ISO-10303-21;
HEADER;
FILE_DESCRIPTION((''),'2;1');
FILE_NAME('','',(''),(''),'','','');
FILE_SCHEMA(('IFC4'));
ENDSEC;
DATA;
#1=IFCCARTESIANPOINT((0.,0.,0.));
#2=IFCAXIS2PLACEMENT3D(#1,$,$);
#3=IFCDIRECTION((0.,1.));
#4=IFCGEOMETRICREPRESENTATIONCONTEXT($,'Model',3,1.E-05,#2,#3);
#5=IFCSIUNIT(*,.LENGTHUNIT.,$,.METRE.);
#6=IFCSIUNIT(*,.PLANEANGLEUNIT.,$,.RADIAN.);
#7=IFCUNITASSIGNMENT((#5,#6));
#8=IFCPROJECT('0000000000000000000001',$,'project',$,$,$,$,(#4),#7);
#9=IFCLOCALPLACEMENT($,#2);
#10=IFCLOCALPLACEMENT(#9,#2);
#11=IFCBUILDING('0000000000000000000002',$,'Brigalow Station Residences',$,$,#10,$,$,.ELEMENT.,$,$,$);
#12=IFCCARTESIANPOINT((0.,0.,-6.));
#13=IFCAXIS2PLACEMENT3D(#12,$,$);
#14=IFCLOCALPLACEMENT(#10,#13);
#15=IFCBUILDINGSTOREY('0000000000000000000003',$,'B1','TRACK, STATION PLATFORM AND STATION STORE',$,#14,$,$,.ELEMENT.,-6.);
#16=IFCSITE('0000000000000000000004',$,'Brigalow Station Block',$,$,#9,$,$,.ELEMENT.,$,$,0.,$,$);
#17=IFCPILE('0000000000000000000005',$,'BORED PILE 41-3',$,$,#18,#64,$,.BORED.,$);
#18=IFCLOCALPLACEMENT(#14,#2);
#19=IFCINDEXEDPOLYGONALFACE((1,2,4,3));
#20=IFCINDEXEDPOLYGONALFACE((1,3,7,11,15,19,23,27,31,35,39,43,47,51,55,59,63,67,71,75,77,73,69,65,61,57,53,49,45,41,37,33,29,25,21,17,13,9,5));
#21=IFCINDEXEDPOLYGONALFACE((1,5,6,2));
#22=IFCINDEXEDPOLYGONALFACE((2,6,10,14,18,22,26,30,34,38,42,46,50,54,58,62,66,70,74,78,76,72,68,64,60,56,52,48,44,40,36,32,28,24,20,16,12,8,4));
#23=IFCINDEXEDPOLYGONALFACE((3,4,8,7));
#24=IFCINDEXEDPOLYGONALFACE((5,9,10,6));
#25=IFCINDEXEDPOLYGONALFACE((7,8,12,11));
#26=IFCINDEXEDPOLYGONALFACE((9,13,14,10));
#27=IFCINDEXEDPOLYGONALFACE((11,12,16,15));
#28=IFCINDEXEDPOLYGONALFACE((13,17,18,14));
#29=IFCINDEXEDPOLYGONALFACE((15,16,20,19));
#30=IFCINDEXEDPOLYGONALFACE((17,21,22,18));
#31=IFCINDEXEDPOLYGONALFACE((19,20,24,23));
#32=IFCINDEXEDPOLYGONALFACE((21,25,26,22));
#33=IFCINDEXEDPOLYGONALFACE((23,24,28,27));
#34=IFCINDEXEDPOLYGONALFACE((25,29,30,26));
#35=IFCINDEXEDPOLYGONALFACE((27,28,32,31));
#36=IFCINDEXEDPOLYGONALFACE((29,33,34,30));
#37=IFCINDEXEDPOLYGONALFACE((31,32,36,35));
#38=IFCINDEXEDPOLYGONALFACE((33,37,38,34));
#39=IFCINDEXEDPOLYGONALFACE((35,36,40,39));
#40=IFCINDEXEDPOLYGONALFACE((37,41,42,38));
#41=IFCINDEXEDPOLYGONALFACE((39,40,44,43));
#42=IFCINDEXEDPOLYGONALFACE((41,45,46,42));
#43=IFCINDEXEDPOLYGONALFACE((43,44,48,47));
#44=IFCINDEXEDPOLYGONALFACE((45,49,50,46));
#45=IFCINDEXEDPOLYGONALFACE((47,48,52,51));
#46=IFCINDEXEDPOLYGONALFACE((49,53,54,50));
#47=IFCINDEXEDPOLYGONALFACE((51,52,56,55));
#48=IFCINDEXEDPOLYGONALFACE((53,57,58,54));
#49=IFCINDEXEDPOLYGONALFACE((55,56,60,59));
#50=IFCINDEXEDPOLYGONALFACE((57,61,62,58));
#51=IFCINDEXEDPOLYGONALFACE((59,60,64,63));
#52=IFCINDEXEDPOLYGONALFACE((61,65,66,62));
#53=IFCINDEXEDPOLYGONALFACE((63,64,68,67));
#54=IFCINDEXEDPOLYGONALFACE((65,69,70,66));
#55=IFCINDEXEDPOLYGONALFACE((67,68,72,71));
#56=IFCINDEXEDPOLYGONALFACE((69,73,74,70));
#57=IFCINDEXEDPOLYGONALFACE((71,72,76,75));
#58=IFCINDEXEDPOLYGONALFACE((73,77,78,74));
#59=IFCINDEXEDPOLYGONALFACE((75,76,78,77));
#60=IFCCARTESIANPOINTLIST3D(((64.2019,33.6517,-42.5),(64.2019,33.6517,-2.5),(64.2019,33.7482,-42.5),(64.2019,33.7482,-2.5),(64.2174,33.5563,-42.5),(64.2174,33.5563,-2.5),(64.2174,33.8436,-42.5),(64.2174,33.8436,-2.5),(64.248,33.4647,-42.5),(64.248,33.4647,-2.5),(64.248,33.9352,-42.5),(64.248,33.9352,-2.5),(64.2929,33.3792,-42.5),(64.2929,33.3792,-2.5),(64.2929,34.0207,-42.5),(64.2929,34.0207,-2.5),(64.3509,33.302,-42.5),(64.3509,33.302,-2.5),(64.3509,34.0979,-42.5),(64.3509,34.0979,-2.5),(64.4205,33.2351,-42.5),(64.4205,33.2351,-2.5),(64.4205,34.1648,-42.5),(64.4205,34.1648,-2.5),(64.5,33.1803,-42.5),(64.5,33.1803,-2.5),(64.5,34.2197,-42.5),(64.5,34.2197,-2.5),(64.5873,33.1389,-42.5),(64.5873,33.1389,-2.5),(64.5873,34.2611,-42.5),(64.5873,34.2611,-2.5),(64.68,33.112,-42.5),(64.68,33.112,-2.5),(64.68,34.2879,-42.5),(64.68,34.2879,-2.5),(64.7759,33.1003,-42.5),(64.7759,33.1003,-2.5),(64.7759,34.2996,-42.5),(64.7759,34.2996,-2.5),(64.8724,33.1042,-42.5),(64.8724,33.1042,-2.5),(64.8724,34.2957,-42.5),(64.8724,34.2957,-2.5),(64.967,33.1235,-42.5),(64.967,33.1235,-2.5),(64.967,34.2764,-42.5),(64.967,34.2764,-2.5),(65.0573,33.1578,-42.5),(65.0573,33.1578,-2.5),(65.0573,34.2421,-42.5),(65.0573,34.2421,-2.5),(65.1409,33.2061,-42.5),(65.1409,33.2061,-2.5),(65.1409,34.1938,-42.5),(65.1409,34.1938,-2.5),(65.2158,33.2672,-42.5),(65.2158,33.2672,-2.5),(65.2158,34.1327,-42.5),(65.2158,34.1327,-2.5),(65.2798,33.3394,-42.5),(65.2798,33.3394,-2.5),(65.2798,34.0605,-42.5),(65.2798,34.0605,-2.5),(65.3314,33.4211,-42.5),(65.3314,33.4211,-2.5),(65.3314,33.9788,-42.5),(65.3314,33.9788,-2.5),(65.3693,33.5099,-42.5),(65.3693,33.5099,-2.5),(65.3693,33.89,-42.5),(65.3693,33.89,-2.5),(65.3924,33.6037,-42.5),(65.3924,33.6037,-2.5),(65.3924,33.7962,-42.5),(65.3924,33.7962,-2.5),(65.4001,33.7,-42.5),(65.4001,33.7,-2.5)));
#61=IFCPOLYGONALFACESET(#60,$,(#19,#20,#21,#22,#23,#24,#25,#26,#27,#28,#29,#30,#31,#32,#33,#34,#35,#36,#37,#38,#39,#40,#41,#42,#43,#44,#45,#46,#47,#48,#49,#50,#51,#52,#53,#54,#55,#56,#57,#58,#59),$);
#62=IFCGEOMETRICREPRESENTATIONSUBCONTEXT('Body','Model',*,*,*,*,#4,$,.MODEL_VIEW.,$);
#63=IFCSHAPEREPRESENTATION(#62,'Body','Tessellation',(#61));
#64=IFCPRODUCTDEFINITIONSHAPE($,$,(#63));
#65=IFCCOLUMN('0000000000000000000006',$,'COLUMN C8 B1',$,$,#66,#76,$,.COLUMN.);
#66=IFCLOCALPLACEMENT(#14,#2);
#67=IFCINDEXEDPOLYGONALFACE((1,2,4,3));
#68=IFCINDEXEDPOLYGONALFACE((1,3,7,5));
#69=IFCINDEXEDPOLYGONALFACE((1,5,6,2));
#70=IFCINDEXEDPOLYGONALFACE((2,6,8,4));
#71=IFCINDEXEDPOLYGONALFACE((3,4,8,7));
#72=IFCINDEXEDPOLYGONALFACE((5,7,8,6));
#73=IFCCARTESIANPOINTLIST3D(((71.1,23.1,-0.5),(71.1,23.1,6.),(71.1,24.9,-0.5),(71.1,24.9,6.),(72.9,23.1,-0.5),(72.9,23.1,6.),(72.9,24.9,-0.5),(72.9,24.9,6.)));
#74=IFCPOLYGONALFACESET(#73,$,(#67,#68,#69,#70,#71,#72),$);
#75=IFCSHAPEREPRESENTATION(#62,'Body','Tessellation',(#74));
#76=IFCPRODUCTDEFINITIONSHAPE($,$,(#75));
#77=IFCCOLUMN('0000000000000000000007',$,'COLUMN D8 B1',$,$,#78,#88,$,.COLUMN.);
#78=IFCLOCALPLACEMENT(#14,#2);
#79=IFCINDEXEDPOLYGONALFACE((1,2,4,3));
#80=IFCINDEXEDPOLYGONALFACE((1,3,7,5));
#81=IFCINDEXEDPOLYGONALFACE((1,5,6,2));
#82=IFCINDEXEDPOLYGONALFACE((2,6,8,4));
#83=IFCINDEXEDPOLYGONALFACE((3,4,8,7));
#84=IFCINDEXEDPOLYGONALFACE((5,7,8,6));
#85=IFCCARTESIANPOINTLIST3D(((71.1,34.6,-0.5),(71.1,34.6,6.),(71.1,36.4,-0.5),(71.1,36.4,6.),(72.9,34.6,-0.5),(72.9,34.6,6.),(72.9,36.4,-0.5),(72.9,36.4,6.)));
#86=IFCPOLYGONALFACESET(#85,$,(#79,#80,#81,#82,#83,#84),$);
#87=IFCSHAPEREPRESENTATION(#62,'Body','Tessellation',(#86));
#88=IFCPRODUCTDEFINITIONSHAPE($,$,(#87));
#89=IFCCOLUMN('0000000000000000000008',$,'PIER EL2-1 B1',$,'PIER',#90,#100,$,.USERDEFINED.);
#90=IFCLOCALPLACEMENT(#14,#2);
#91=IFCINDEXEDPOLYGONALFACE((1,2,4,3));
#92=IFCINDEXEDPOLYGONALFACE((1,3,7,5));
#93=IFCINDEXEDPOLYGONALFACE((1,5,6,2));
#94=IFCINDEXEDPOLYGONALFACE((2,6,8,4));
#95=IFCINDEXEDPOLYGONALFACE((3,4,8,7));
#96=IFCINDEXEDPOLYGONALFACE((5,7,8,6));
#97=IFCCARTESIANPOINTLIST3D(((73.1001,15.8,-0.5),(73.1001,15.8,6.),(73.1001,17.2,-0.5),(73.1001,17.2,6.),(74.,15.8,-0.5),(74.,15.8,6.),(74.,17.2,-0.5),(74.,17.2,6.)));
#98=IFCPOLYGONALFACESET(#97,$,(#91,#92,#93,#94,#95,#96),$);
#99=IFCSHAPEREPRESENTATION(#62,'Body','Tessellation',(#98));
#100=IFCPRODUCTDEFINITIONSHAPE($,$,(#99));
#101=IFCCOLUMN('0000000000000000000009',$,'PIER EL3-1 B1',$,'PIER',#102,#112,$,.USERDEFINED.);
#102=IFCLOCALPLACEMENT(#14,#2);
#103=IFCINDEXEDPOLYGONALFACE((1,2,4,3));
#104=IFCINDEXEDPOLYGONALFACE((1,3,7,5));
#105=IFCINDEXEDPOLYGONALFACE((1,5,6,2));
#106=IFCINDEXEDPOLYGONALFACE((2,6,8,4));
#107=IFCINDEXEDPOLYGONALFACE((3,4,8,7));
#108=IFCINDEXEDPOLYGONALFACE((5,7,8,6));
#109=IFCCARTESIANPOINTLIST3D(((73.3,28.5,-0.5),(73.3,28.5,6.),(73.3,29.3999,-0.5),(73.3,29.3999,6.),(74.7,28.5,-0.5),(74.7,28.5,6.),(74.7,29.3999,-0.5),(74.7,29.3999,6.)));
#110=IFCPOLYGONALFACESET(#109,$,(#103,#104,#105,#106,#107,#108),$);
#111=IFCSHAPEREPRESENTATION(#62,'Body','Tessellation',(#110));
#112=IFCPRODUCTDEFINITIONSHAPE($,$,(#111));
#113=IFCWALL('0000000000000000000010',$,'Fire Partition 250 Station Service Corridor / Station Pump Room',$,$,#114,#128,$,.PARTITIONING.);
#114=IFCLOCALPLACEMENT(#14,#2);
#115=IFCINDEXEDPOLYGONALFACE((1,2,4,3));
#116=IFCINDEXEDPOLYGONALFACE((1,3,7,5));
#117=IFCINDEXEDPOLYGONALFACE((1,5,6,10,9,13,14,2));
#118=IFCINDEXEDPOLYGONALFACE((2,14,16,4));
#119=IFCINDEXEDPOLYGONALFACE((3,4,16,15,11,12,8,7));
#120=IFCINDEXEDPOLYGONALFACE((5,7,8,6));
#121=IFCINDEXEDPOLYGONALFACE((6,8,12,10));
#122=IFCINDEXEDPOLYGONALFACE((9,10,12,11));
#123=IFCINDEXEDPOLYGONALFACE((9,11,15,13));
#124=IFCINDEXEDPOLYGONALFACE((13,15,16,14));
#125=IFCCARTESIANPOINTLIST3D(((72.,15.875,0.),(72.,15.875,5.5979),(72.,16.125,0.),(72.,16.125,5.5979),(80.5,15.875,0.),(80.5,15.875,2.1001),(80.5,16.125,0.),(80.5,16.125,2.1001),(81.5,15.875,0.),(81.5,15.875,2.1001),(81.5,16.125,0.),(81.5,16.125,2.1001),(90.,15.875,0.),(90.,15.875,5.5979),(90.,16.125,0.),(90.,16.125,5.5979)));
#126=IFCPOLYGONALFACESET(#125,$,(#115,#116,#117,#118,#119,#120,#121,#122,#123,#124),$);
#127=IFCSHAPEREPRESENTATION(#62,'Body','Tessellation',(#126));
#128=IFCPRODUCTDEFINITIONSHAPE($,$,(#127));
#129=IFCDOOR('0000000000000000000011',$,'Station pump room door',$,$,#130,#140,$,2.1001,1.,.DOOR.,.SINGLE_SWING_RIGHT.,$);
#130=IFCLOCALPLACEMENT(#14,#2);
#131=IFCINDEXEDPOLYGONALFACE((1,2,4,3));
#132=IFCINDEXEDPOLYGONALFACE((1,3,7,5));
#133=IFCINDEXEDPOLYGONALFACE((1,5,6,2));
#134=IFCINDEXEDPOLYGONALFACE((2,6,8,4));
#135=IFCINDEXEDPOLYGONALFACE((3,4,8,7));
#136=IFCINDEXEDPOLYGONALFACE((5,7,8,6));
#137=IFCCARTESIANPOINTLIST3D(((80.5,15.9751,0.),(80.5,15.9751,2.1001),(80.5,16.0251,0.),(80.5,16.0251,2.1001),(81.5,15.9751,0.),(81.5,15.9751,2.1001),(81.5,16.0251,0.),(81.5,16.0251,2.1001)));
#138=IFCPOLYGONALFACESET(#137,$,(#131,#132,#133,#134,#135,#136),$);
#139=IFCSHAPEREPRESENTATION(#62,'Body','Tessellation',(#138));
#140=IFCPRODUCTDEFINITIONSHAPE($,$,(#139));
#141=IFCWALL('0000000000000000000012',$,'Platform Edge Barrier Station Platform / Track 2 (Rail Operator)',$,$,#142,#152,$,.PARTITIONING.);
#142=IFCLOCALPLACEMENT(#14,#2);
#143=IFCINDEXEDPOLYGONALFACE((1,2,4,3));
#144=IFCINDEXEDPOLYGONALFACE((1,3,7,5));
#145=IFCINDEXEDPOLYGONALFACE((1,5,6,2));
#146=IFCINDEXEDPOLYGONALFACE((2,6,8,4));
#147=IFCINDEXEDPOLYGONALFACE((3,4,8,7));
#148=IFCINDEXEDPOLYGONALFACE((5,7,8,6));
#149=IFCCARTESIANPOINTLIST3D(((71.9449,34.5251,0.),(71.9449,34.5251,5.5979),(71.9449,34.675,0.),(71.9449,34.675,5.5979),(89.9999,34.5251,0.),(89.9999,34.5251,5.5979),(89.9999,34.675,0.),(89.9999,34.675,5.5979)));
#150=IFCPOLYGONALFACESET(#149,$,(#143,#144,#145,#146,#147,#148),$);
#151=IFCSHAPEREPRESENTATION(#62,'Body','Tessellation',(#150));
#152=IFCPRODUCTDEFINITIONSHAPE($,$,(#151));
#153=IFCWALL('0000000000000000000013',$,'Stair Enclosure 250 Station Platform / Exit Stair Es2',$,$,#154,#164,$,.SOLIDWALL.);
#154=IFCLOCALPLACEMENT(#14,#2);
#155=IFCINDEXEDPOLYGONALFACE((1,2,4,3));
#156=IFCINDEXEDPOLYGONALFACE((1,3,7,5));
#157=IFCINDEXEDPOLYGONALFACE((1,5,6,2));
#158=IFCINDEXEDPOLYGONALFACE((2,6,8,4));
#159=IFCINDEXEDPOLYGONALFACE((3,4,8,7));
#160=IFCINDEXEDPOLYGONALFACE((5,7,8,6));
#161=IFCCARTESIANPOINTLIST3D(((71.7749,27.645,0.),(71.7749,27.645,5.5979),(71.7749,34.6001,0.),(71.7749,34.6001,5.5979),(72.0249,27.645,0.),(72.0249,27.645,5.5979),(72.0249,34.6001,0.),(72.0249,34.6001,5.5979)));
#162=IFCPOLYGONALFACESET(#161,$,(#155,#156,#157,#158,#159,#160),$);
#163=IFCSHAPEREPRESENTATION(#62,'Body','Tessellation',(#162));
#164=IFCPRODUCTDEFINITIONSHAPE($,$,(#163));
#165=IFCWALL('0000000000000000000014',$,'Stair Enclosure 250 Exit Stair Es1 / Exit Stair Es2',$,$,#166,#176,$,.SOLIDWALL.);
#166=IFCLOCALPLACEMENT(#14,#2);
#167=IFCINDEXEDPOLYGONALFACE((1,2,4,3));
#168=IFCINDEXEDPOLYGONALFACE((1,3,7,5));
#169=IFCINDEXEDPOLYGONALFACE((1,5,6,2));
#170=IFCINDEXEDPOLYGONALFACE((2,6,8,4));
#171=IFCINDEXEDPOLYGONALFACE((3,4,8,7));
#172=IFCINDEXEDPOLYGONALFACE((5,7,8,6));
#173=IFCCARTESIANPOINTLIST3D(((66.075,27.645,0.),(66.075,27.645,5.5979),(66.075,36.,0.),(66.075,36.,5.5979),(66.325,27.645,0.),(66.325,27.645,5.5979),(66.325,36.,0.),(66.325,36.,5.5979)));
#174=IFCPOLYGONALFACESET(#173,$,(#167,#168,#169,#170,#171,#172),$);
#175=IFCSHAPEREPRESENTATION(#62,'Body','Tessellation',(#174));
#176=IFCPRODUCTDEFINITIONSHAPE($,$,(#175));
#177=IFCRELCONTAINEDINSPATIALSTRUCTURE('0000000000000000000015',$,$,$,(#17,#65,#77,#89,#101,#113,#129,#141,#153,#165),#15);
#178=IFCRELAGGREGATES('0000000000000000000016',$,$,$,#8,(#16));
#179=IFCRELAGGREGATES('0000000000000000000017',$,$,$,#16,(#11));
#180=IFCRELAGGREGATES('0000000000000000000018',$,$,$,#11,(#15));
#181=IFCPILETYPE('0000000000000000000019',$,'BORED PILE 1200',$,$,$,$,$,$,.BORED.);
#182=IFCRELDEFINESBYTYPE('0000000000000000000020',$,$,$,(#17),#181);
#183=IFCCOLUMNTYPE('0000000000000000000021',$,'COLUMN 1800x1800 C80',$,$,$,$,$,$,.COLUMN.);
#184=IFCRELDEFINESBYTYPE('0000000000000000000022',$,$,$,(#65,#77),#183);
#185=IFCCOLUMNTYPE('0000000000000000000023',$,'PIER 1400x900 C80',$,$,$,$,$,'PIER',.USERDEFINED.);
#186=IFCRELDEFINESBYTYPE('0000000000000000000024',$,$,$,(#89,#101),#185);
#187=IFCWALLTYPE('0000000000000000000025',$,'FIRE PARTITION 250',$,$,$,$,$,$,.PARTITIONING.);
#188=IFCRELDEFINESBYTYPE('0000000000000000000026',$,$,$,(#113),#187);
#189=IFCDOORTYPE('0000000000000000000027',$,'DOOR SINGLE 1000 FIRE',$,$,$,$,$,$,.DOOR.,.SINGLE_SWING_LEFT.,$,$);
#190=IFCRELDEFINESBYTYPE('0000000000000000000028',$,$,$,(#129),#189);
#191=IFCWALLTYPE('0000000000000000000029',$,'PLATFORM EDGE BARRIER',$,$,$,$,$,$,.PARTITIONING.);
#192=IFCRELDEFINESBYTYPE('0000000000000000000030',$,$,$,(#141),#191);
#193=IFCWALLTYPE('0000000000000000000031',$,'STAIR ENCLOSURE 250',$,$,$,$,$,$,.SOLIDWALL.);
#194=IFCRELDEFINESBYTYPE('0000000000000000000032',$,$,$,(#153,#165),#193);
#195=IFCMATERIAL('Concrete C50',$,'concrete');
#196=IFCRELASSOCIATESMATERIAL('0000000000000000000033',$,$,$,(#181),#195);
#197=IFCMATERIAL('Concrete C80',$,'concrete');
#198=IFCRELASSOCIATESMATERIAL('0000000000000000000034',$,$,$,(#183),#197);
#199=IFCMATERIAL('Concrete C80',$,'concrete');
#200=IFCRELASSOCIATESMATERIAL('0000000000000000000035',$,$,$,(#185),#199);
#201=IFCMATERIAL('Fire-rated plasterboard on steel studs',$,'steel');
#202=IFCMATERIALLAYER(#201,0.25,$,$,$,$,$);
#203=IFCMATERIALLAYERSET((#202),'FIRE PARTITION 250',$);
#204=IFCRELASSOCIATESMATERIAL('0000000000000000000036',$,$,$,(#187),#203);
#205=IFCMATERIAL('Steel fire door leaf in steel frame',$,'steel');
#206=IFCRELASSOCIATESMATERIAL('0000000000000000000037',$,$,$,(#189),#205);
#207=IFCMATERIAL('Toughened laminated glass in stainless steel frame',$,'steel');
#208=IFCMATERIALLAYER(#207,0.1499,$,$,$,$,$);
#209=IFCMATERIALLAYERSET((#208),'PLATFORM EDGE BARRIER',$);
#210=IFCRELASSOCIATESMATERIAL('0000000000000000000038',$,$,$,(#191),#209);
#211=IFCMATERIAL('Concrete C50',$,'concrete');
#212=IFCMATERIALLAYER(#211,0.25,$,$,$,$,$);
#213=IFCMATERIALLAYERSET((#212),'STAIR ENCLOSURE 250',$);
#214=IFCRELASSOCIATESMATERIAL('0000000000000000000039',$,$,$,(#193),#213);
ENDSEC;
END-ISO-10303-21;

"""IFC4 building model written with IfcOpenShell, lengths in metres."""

from ifc_helpers import new_model, si_unit, direction, frame, frame_2d, origin, origin_2d, place, context, subcontext, project, spatial, rectangle, circle, extrude, material, layer, layer_set, material_profile, profile_set, type_object, element, fill, save


model = new_model("IFC4")

# Units and contexts
model_context = context("Model", 3, precision=1e-05, world=origin(), true_north=direction((0.0, 1.0)))
body_context = subcontext(model_context, "Body", "Model", "MODEL_VIEW")
ifc_project = project(units=[si_unit("LENGTHUNIT", "METRE"), si_unit("PLANEANGLEUNIT", "RADIAN")], contexts=[model_context])

# Site, building, storey
site_placement = place(None, origin())
site = spatial("IfcSite", under=ifc_project, at=site_placement, Name="Brigalow Station Block", CompositionType="ELEMENT", RefElevation=0.0)
building_placement = place(site_placement, origin())
building = spatial("IfcBuilding", under=site, at=building_placement, Name="Brigalow Station Residences", CompositionType="ELEMENT")
storey_placement = place(building_placement, frame((0.0, 0.0, -6.0)))
storey = spatial("IfcBuildingStorey", under=building, at=storey_placement, Name="B1", Description="TRACK, STATION PLATFORM AND STATION STORE", CompositionType="ELEMENT", Elevation=-6.0)

# Pile
ifc_material_1 = material(Name="Concrete C50", Category="concrete")
ifc_material_profile_1 = material_profile(ifc_material_1, circle(Radius=0.6001, at=origin_2d()), Name="BP1200")
ifc_profile_set_1 = profile_set([ifc_material_profile_1], Name="Concrete C50")
pile_type = type_object("IfcPileType", Name="BORED PILE 1200", PredefinedType="BORED", material=ifc_profile_set_1)
for number, where, z_axis, x_axis, name in (
    (1, (64.8, 33.7, -2.5), (0.0, 0.0, -1.0), (1.0, 0.0, 0.0), "BORED PILE 41-3"),
):
    element("IfcPile", number, at=place(storey_placement, frame(where, z_axis=z_axis, x_axis=x_axis)), inside=storey, type_object=pile_type, Name=name, PredefinedType="BORED", context=body_context, shape_type="SweptSolid", body=[
        extrude(circle(Radius=0.6001, at=origin_2d()), origin(), (0.0, 0.0, 1.0), 40.0),
    ])

# Columns
ifc_material_2 = material(Name="Concrete C80", Category="concrete")
ifc_material_profile_2 = material_profile(ifc_material_2, rectangle(XDim=1.8, YDim=1.8, at=origin_2d()), Name="RC1800x1800")
ifc_profile_set_2 = profile_set([ifc_material_profile_2], Name="Concrete C80")
column_type_1 = type_object("IfcColumnType", Name="COLUMN 1800x1800 C80", PredefinedType="COLUMN", material=ifc_profile_set_2)
for number, where, z_axis, x_axis, name in (
    (2, (72.0, 24.0, -0.5), (0.0, 0.0, 1.0), (1.0, 0.0, 0.0), "COLUMN C8 B1"),
    (3, (72.0, 35.5, -0.5), (0.0, 0.0, 1.0), (1.0, 0.0, 0.0), "COLUMN D8 B1"),
):
    element("IfcColumn", number, at=place(storey_placement, frame(where, z_axis=z_axis, x_axis=x_axis)), inside=storey, type_object=column_type_1, Name=name, PredefinedType="COLUMN", context=body_context, shape_type="SweptSolid", body=[
        extrude(rectangle(XDim=1.8, YDim=1.8, at=origin_2d()), origin(), (0.0, 0.0, 1.0), 6.5),
    ])
ifc_material_3 = material(Name="Concrete C80", Category="concrete")
ifc_material_profile_3 = material_profile(ifc_material_3, rectangle(XDim=1.3999, YDim=0.8999, at=origin_2d()), Name="RC1400x900")
ifc_profile_set_3 = profile_set([ifc_material_profile_3], Name="Concrete C80")
column_type_2 = type_object("IfcColumnType", Name="PIER 1400x900 C80", ElementType="PIER", PredefinedType="USERDEFINED", material=ifc_profile_set_3)
for number, where, z_axis, x_axis, name in (
    (4, (73.55, 16.5, -0.5), (0.0, 0.0, 1.0), (0.0, 1.0, 0.0), "PIER EL2-1 B1"),
    (5, (74.0, 28.95, -0.5), (0.0, 0.0, 1.0), (1.0, 0.0, 0.0), "PIER EL3-1 B1"),
):
    element("IfcColumn", number, at=place(storey_placement, frame(where, z_axis=z_axis, x_axis=x_axis)), inside=storey, type_object=column_type_2, Name=name, ObjectType="PIER", PredefinedType="USERDEFINED", context=body_context, shape_type="SweptSolid", body=[
        extrude(rectangle(XDim=1.3999, YDim=0.8999, at=origin_2d()), origin(), (0.0, 0.0, 1.0), 6.5),
    ])

# Wall, opening, door
ifc_material_4 = material(Name="Fire-rated plasterboard on steel studs", Category="steel")
ifc_layer_1 = layer(ifc_material_4, 0.25)
ifc_layer_set_1 = layer_set([ifc_layer_1], Name="FIRE PARTITION 250")
wall_type_1 = type_object("IfcWallType", Name="FIRE PARTITION 250", PredefinedType="PARTITIONING", material=ifc_layer_set_1)
wall_1_placement = place(storey_placement, frame((72.0, 16.0, 0.0), z_axis=(0.0, 0.0, 1.0), x_axis=(1.0, 0.0, 0.0)))
wall_1 = element("IfcWall", 6, at=wall_1_placement, inside=storey, type_object=wall_type_1, Name="Fire Partition 250 Station Service Corridor / Station Pump Room", PredefinedType="PARTITIONING", context=body_context, shape_type="SweptSolid", body=[
    extrude(rectangle(XDim=18.0, YDim=0.25, at=frame_2d((9.0, 0.0))), origin(), (0.0, 0.0, 1.0), 5.5979),
])
opening_1_placement = place(wall_1_placement, frame((8.5, 0.0, 0.0)))
opening_1 = element("IfcOpeningElement", 7, at=opening_1_placement, cuts=wall_1, PredefinedType="OPENING", context=body_context, shape_type="SweptSolid", body=[
    extrude(rectangle(XDim=1.0, YDim=2.1001, at=frame_2d((0.5, 1.05))), frame((0.0, 0.135, 0.0), z_axis=(0.0, -1.0, 0.0), x_axis=(1.0, 0.0, 0.0)), (0.0, 0.0, 1.0), 0.27),
])
ifc_material_5 = material(Name="Steel fire door leaf in steel frame", Category="steel")
door_type_1 = type_object("IfcDoorType", Name="DOOR SINGLE 1000 FIRE", OperationType="SINGLE_SWING_LEFT", PredefinedType="DOOR", material=ifc_material_5)
door_1_placement = place(opening_1_placement, frame((1.0, 0.0, 0.0), z_axis=(0.0, 0.0, 1.0), x_axis=(-1.0, 0.0, 0.0)))
door_1 = element("IfcDoor", 8, at=door_1_placement, inside=storey, type_object=door_type_1, Name="Station pump room door", OperationType="SINGLE_SWING_RIGHT", OverallHeight=2.1001, OverallWidth=1.0, PredefinedType="DOOR", context=body_context, shape_type="SweptSolid", body=[
    extrude(rectangle(XDim=1.0, YDim=2.1001, at=frame_2d((0.5, 1.05))), frame((0.0, 0.0249, 0.0), z_axis=(0.0, -1.0, 0.0), x_axis=(1.0, 0.0, 0.0)), (0.0, 0.0, 1.0), 0.05),
])
fill(opening_1, door_1)

# Wall
ifc_material_6 = material(Name="Toughened laminated glass in stainless steel frame", Category="steel")
ifc_layer_2 = layer(ifc_material_6, 0.1499)
ifc_layer_set_2 = layer_set([ifc_layer_2], Name="PLATFORM EDGE BARRIER")
wall_type_2 = type_object("IfcWallType", Name="PLATFORM EDGE BARRIER", PredefinedType="PARTITIONING", material=ifc_layer_set_2)
wall_2_placement = place(storey_placement, frame((71.9451, 34.6001, 0.0), z_axis=(0.0, 0.0, 1.0), x_axis=(1.0, 0.0, 0.0)))
element("IfcWall", 9, at=wall_2_placement, inside=storey, type_object=wall_type_2, Name="Platform Edge Barrier Station Platform / Track 2 (Rail Operator)", PredefinedType="PARTITIONING", context=body_context, shape_type="SweptSolid", body=[
    extrude(rectangle(XDim=18.0549, YDim=0.1499, at=frame_2d((9.0273, 0.0))), origin(), (0.0, 0.0, 1.0), 5.5979),
])

# Shared definitions
ifc_material_7 = material(Name="Concrete C50", Category="concrete")
ifc_layer_3 = layer(ifc_material_7, 0.25)
ifc_layer_set_3 = layer_set([ifc_layer_3], Name="STAIR ENCLOSURE 250")
wall_type_3 = type_object("IfcWallType", Name="STAIR ENCLOSURE 250", PredefinedType="SOLIDWALL", material=ifc_layer_set_3)

# Walls
wall_3_placement = place(storey_placement, frame((71.8999, 27.645, 0.0), z_axis=(0.0, 0.0, 1.0), x_axis=(0.0, 1.0, 0.0)))
element("IfcWall", 10, at=wall_3_placement, inside=storey, type_object=wall_type_3, Name="Stair Enclosure 250 Station Platform / Exit Stair Es2", PredefinedType="SOLIDWALL", context=body_context, shape_type="SweptSolid", body=[
    extrude(rectangle(XDim=6.9551, YDim=0.25, at=frame_2d((3.4775, 0.0))), origin(), (0.0, 0.0, 1.0), 5.5979),
])
wall_4_placement = place(storey_placement, frame((66.2, 27.645, 0.0), z_axis=(0.0, 0.0, 1.0), x_axis=(0.0, 1.0, 0.0)))
element("IfcWall", 11, at=wall_4_placement, inside=storey, type_object=wall_type_3, Name="Stair Enclosure 250 Exit Stair Es1 / Exit Stair Es2", PredefinedType="SOLIDWALL", context=body_context, shape_type="SweptSolid", body=[
    extrude(rectangle(XDim=8.355, YDim=0.25, at=frame_2d((4.1775, 0.0))), origin(), (0.0, 0.0, 1.0), 5.5979),
])

save(model, "model.ifc")
